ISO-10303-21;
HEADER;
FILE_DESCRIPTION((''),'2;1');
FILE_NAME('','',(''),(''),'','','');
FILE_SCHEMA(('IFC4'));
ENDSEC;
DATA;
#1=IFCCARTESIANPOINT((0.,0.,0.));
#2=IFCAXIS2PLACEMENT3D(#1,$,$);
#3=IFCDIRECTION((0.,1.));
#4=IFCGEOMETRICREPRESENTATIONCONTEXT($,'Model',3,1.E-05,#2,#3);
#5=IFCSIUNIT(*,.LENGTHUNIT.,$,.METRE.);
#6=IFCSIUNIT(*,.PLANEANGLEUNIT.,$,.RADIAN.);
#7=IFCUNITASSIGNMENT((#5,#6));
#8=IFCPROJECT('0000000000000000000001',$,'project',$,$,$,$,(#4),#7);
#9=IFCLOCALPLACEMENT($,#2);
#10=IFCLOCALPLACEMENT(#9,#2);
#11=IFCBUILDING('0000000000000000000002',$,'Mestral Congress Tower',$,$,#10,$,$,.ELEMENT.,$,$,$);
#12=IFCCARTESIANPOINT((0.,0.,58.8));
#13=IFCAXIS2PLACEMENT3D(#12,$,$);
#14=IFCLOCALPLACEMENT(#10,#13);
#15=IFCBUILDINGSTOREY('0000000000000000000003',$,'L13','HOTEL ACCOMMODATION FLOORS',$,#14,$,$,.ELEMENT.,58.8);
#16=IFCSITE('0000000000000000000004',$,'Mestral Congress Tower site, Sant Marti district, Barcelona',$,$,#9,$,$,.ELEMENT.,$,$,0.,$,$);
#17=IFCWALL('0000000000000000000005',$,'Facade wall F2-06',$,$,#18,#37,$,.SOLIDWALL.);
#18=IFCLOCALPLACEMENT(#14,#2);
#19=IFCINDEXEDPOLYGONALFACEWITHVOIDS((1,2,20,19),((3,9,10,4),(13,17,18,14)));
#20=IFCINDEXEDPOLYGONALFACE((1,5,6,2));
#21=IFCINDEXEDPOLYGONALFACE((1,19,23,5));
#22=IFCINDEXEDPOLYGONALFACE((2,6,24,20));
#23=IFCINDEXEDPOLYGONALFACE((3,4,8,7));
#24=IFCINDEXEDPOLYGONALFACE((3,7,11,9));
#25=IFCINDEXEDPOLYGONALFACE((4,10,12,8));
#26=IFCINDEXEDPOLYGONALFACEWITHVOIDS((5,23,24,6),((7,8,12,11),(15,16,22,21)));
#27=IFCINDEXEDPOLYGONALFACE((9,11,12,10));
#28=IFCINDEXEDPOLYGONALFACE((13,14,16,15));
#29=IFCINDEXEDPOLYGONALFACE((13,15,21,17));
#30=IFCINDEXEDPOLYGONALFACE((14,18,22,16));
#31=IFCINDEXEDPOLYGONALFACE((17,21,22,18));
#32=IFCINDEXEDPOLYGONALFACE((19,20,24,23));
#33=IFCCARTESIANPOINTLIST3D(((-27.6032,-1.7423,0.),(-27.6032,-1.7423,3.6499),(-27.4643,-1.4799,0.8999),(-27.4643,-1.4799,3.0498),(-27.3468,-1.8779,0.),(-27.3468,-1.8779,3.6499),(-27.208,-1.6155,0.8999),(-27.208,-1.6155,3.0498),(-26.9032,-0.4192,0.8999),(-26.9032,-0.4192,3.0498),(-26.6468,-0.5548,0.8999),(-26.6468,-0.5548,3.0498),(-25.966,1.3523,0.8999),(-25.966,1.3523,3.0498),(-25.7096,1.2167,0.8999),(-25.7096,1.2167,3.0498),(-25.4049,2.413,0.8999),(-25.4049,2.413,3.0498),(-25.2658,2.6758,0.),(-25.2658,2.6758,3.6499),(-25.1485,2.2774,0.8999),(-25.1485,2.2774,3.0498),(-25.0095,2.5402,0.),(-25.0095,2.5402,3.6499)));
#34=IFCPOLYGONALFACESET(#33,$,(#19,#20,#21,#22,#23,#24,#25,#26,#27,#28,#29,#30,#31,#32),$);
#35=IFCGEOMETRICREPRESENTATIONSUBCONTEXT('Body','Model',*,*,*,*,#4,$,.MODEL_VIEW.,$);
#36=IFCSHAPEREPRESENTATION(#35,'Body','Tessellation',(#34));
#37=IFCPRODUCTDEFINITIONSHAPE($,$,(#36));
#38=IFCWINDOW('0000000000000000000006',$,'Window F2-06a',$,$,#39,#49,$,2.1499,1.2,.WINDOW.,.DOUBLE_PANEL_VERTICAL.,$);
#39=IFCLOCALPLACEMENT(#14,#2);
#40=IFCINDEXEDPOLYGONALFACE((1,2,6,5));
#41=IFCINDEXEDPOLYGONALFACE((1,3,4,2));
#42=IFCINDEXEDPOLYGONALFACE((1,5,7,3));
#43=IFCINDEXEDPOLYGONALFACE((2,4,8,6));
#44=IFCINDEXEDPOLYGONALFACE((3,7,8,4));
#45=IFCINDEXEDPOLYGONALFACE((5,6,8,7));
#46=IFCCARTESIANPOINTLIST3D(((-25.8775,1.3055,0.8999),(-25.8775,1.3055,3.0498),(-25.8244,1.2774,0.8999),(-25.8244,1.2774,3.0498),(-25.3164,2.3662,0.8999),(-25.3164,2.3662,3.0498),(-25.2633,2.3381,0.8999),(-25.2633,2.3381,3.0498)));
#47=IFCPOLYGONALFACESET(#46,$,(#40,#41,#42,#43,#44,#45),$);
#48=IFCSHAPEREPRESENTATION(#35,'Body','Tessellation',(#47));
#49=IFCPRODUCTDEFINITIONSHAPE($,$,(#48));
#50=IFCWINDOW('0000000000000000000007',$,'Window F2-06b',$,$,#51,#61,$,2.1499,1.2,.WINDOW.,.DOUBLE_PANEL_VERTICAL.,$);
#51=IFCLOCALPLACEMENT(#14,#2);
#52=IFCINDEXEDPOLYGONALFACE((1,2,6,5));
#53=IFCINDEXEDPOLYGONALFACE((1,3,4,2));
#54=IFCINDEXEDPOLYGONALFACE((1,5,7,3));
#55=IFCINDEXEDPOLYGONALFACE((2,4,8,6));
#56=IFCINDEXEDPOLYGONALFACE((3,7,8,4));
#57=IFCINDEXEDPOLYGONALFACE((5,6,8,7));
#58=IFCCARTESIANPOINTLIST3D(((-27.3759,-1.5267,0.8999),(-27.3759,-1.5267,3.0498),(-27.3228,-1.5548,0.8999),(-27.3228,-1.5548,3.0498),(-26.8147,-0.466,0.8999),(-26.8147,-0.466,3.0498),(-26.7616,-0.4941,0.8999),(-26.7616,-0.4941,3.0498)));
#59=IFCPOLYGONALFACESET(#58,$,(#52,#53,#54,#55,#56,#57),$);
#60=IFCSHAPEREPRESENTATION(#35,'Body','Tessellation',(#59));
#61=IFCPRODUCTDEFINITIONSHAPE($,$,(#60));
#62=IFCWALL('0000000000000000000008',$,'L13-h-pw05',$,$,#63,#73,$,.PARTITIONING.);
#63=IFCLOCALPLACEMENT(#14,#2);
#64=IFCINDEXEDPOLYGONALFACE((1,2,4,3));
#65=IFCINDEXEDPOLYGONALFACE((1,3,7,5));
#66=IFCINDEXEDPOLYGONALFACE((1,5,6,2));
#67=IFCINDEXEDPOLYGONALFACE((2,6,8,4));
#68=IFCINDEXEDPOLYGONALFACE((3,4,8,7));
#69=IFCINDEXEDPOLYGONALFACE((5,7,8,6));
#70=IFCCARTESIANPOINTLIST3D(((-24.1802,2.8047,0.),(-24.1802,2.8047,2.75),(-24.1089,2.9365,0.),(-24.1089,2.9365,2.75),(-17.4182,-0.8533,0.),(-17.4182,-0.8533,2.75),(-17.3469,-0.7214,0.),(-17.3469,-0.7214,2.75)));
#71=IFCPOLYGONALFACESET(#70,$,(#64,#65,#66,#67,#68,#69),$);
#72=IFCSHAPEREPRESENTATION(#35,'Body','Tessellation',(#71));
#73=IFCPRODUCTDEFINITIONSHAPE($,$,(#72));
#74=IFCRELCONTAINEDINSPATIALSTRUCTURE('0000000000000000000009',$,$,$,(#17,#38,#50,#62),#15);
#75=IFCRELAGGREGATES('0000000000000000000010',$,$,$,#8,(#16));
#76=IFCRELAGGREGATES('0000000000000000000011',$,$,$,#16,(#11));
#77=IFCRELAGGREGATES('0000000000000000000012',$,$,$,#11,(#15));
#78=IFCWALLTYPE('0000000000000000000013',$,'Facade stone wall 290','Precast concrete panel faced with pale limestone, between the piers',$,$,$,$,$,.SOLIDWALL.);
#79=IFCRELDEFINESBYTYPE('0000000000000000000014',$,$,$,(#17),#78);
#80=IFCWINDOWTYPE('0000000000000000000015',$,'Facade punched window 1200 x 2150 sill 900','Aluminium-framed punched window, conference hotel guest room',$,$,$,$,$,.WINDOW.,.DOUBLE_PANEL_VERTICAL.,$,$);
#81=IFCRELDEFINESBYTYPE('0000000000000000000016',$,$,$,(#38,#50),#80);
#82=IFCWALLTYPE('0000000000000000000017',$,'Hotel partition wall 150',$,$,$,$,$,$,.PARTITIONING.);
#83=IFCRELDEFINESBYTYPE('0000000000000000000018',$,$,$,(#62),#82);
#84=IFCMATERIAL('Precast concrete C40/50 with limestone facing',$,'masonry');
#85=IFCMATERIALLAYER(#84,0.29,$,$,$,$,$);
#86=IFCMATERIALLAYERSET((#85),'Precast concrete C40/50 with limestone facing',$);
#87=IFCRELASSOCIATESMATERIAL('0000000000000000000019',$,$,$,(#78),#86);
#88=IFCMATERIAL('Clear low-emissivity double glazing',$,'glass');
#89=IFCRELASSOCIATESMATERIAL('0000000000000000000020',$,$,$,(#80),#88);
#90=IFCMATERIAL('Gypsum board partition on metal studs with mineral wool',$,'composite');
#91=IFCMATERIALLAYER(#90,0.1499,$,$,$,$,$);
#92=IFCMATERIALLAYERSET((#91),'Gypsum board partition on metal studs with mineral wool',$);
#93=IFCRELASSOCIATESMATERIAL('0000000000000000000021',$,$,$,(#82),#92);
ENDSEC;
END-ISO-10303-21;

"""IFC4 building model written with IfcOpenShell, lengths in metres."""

from ifc_helpers import new_model, si_unit, direction, frame, frame_2d, origin, place, context, subcontext, project, spatial, rectangle, extrude, material, layer, layer_set, type_object, element, fill, save


model = new_model("IFC4")

# Units and contexts
model_context = context("Model", 3, precision=1e-05, world=origin(), true_north=direction((0.0, 1.0)))
body_context = subcontext(model_context, "Body", "Model", "MODEL_VIEW")
ifc_project = project(units=[si_unit("LENGTHUNIT", "METRE"), si_unit("PLANEANGLEUNIT", "RADIAN")], contexts=[model_context])

# Site, building, storey
site_placement = place(None, origin())
site = spatial("IfcSite", under=ifc_project, at=site_placement, Name="Mestral Congress Tower site, Sant Marti district, Barcelona", CompositionType="ELEMENT", RefElevation=0.0)
building_placement = place(site_placement, origin())
building = spatial("IfcBuilding", under=site, at=building_placement, Name="Mestral Congress Tower", CompositionType="ELEMENT")
storey_placement = place(building_placement, frame((0.0, 0.0, 58.8)))
storey = spatial("IfcBuildingStorey", under=building, at=storey_placement, Name="L13", Description="HOTEL ACCOMMODATION FLOORS", CompositionType="ELEMENT", Elevation=58.8)

# Wall, openings, windows
ifc_material_1 = material(Name="Precast concrete C40/50 with limestone facing", Category="masonry")
ifc_layer_1 = layer(ifc_material_1, 0.29)
ifc_layer_set_1 = layer_set([ifc_layer_1], Name="Precast concrete C40/50 with limestone facing")
wall_type_1 = type_object("IfcWallType", Name="Facade stone wall 290", Description="Precast concrete panel faced with pale limestone, between the piers", PredefinedType="SOLIDWALL", material=ifc_layer_set_1)
ifc_material_2 = material(Name="Clear low-emissivity double glazing", Category="glass")
window_type = type_object("IfcWindowType", Name="Facade punched window 1200 x 2150 sill 900", Description="Aluminium-framed punched window, conference hotel guest room", PartitioningType="DOUBLE_PANEL_VERTICAL", PredefinedType="WINDOW", material=ifc_material_2)
wall_1_placement = place(storey_placement, frame((-25.1377, 2.6079, 0.0), z_axis=(0.0, 0.0, 1.0), x_axis=(-0.46763, -0.883925, 0.0)))
wall_1 = element("IfcWall", 1, at=wall_1_placement, inside=storey, type_object=wall_type_1, Name="Facade wall F2-06", PredefinedType="SOLIDWALL", context=body_context, shape_type="SweptSolid", body=[
    extrude(rectangle(XDim=4.9983, YDim=0.29, at=frame_2d((2.499, 0.0))), origin(), (0.0, 0.0, 1.0), 3.6499),
])
opening_1_placement = place(wall_1_placement, frame((0.2971, 0.0, 0.8999)))
opening_1 = element("IfcOpeningElement", 2, at=opening_1_placement, cuts=wall_1, PredefinedType="OPENING", context=body_context, shape_type="SweptSolid", body=[
    extrude(rectangle(XDim=1.2, YDim=2.1499, at=frame_2d((0.6001, 1.075))), frame((0.0, 0.155, 0.0), z_axis=(0.0, -1.0, 0.0), x_axis=(1.0, 0.0, 0.0)), (0.0, 0.0, 1.0), 0.3101),
])
opening_2_placement = place(wall_1_placement, frame((3.5012, 0.0, 0.8999)))
opening_2 = element("IfcOpeningElement", 3, at=opening_2_placement, cuts=wall_1, PredefinedType="OPENING", context=body_context, shape_type="SweptSolid", body=[
    extrude(rectangle(XDim=1.2, YDim=2.1499, at=frame_2d((0.6001, 1.075))), frame((0.0, 0.155, 0.0), z_axis=(0.0, -1.0, 0.0), x_axis=(1.0, 0.0, 0.0)), (0.0, 0.0, 1.0), 0.3101),
])
window_1_placement = place(opening_1_placement, origin())
window_1 = element("IfcWindow", 4, at=window_1_placement, inside=storey, type_object=window_type, Name="Window F2-06a", OverallHeight=2.1499, OverallWidth=1.2, PartitioningType="DOUBLE_PANEL_VERTICAL", PredefinedType="WINDOW", context=body_context, shape_type="SweptSolid", body=[
    extrude(rectangle(XDim=1.2, YDim=2.1499, at=frame_2d((0.6001, 1.075))), frame((0.0, 0.0151, 0.0), z_axis=(0.0, -1.0, 0.0), x_axis=(1.0, 0.0, 0.0)), (0.0, 0.0, 1.0), 0.0601),
])
fill(opening_1, window_1)
window_2_placement = place(opening_2_placement, origin())
window_2 = element("IfcWindow", 5, at=window_2_placement, inside=storey, type_object=window_type, Name="Window F2-06b", OverallHeight=2.1499, OverallWidth=1.2, PartitioningType="DOUBLE_PANEL_VERTICAL", PredefinedType="WINDOW", context=body_context, shape_type="SweptSolid", body=[
    extrude(rectangle(XDim=1.2, YDim=2.1499, at=frame_2d((0.6001, 1.075))), frame((0.0, 0.0151, 0.0), z_axis=(0.0, -1.0, 0.0), x_axis=(1.0, 0.0, 0.0)), (0.0, 0.0, 1.0), 0.0601),
])
fill(opening_2, window_2)

# Wall
ifc_material_3 = material(Name="Gypsum board partition on metal studs with mineral wool", Category="composite")
ifc_layer_2 = layer(ifc_material_3, 0.1499)
ifc_layer_set_2 = layer_set([ifc_layer_2], Name="Gypsum board partition on metal studs with mineral wool")
wall_type_2 = type_object("IfcWallType", Name="Hotel partition wall 150", PredefinedType="PARTITIONING", material=ifc_layer_set_2)
wall_2_placement = place(storey_placement, frame((-24.1445, 2.8706, 0.0), z_axis=(0.0, 0.0, 1.0), x_axis=(0.879552, -0.475803, 0.0)))
element("IfcWall", 6, at=wall_2_placement, inside=storey, type_object=wall_type_2, Name="L13-h-pw05", PredefinedType="PARTITIONING", context=body_context, shape_type="SweptSolid", body=[
    extrude(rectangle(XDim=7.688, YDim=0.1499, at=frame_2d((3.844, 0.0))), origin(), (0.0, 0.0, 1.0), 2.75),
])

save(model, "model.ifc")
